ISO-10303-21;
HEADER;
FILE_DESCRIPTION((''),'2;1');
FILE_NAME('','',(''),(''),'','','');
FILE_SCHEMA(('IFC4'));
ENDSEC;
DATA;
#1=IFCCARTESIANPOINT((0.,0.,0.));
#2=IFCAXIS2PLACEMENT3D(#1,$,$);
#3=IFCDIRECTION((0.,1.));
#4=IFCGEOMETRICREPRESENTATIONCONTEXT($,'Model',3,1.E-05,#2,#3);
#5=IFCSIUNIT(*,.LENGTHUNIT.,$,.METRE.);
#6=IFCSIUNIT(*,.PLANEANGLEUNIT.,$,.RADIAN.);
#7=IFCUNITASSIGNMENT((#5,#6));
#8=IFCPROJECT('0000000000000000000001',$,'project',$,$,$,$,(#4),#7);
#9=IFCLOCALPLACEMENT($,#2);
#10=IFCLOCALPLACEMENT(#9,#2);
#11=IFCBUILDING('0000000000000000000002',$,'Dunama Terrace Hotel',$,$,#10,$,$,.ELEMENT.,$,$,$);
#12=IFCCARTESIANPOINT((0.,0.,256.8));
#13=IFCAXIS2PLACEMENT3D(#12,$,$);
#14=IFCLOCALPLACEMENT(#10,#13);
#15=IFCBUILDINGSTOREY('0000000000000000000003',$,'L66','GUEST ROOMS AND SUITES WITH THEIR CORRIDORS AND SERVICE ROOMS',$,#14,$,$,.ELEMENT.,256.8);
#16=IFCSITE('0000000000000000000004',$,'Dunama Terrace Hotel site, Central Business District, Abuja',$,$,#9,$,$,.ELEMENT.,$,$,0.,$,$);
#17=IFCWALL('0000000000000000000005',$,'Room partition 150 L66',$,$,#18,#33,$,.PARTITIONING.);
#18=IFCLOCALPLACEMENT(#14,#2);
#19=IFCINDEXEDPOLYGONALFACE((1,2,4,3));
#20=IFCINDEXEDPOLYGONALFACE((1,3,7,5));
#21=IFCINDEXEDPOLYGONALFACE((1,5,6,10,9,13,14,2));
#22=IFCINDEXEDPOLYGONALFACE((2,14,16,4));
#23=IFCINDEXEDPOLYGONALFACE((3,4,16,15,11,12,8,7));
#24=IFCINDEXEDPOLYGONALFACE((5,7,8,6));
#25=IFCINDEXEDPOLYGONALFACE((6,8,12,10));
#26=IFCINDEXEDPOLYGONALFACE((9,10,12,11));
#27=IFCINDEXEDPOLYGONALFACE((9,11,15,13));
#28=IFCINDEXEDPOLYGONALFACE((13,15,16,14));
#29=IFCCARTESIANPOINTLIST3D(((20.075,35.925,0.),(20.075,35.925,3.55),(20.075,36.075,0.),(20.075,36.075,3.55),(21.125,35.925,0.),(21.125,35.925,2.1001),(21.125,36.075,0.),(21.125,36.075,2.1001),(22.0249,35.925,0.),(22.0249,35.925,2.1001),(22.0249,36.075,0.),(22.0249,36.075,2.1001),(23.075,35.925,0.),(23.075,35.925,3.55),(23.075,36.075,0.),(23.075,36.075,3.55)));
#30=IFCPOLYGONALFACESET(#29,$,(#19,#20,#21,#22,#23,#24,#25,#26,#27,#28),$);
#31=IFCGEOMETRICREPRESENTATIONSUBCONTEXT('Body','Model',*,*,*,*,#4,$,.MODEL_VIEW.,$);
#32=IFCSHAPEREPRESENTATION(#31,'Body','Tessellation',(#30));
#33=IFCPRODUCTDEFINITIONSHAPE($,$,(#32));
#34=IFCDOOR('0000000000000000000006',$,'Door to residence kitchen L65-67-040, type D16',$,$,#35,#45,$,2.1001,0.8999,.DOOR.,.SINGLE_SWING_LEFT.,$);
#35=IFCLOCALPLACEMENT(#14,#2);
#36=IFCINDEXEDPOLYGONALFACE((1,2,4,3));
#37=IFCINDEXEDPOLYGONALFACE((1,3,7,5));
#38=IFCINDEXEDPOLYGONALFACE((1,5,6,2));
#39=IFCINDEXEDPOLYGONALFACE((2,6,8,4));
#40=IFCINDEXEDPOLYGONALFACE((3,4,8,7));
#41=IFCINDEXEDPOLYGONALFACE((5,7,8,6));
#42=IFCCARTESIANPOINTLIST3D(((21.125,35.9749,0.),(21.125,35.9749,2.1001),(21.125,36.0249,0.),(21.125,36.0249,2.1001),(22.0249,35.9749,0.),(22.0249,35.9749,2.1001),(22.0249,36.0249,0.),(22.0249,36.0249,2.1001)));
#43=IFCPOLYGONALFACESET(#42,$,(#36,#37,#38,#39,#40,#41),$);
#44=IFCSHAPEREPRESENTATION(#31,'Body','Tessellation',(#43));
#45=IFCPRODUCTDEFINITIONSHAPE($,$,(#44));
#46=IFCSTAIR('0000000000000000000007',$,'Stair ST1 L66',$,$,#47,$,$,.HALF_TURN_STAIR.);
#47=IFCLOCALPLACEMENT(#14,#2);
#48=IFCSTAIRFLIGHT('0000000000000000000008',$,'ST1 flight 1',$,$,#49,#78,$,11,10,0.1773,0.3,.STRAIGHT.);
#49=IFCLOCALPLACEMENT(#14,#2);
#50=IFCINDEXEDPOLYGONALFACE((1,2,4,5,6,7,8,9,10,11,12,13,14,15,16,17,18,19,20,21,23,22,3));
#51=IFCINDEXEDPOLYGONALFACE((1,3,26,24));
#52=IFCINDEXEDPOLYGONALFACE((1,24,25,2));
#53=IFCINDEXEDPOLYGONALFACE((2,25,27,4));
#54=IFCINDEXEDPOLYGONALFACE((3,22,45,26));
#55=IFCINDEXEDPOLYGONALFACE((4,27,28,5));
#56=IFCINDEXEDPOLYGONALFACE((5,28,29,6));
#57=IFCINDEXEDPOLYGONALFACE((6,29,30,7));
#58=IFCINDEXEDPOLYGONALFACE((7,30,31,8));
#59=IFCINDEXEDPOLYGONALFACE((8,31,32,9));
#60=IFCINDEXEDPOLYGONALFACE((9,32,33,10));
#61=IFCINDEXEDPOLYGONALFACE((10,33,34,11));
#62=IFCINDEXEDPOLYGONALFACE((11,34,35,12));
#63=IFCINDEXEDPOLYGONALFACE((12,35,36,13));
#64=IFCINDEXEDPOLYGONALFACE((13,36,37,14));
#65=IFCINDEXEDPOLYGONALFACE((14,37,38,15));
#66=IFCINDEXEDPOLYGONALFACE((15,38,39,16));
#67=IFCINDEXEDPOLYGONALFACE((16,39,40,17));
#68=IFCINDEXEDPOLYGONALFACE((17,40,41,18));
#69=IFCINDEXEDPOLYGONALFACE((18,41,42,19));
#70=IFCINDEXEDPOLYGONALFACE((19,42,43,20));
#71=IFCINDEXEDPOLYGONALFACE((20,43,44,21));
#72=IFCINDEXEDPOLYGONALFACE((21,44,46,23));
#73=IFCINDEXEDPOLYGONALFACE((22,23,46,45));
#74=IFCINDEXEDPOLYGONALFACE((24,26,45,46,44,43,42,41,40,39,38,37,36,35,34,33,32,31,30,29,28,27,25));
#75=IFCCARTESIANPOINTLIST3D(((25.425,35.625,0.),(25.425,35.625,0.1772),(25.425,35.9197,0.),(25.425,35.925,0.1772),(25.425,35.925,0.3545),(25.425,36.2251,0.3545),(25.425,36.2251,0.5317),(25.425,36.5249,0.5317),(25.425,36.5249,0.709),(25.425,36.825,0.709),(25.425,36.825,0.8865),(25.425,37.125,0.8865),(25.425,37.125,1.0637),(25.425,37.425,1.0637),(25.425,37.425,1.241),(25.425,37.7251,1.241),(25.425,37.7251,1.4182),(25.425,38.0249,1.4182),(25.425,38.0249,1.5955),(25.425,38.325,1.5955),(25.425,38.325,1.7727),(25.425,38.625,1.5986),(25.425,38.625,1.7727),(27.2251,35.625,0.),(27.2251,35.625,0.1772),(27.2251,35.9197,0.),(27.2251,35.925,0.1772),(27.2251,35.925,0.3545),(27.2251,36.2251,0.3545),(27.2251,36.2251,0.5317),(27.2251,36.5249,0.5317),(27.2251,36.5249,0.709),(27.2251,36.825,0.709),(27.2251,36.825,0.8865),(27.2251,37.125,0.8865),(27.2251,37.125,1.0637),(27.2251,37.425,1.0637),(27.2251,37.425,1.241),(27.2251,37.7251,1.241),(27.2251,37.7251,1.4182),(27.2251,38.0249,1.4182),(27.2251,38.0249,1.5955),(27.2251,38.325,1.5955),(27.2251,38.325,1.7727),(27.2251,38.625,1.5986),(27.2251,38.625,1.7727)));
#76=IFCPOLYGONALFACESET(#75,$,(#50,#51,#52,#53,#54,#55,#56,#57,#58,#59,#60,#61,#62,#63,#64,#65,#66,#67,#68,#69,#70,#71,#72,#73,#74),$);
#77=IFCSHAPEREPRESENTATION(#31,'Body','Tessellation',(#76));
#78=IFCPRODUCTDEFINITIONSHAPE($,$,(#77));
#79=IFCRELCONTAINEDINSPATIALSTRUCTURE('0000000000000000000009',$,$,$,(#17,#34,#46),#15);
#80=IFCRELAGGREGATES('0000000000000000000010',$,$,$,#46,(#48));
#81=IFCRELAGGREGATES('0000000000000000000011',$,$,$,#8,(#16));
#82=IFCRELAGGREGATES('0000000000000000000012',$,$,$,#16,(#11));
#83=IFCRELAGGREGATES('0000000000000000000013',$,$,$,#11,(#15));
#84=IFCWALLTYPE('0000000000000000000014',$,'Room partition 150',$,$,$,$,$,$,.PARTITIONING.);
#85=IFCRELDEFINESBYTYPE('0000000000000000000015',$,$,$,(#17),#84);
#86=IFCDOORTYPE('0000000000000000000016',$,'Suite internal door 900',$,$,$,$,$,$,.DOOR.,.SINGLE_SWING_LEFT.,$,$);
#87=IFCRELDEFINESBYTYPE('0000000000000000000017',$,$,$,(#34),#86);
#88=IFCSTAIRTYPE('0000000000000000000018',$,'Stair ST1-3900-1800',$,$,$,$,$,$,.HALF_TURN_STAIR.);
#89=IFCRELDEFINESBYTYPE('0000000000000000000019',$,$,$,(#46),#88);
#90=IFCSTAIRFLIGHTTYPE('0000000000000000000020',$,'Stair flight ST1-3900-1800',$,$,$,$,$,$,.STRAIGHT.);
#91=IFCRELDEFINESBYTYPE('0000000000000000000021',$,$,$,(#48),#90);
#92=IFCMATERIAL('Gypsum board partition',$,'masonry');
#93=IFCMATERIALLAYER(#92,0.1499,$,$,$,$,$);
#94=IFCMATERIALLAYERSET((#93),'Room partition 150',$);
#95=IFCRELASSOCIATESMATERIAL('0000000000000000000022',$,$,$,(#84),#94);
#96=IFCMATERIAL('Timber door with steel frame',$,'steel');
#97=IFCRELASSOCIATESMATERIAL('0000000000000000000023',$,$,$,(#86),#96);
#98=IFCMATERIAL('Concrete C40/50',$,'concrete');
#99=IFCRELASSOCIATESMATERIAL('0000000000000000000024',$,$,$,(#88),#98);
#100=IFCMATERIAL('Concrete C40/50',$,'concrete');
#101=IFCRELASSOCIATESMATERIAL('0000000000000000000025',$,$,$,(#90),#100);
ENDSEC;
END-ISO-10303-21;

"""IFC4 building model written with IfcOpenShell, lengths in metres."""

from ifc_helpers import new_model, si_unit, direction, frame, frame_2d, origin, place, context, subcontext, project, spatial, polyline, rectangle, outline, extrude, material, layer, layer_set, type_object, element, fill, aggregate, save


model = new_model("IFC4")

# Units and contexts
model_context = context("Model", 3, precision=1e-05, world=origin(), true_north=direction((0.0, 1.0)))
body_context = subcontext(model_context, "Body", "Model", "MODEL_VIEW")
ifc_project = project(units=[si_unit("LENGTHUNIT", "METRE"), si_unit("PLANEANGLEUNIT", "RADIAN")], contexts=[model_context])

# Site, building, storey
site_placement = place(None, origin())
site = spatial("IfcSite", under=ifc_project, at=site_placement, Name="Dunama Terrace Hotel site, Central Business District, Abuja", CompositionType="ELEMENT", RefElevation=0.0)
building_placement = place(site_placement, origin())
building = spatial("IfcBuilding", under=site, at=building_placement, Name="Dunama Terrace Hotel", CompositionType="ELEMENT")
storey_placement = place(building_placement, frame((0.0, 0.0, 256.8)))
storey = spatial("IfcBuildingStorey", under=building, at=storey_placement, Name="L66", Description="GUEST ROOMS AND SUITES WITH THEIR CORRIDORS AND SERVICE ROOMS", CompositionType="ELEMENT", Elevation=256.8)

# Shared definitions
ifc_material_1 = material(Name="Gypsum board partition", Category="masonry")
ifc_layer_1 = layer(ifc_material_1, 0.1499)
ifc_layer_set_1 = layer_set([ifc_layer_1], Name="Room partition 150")
wall_type_1 = type_object("IfcWallType", Name="Room partition 150", PredefinedType="PARTITIONING", material=ifc_layer_set_1)

# Wall, opening, door
ifc_material_2 = material(Name="Timber door with steel frame", Category="steel")
door_type_1 = type_object("IfcDoorType", Name="Suite internal door 900", OperationType="SINGLE_SWING_LEFT", PredefinedType="DOOR", material=ifc_material_2)
wall_1_placement = place(storey_placement, frame((20.075, 36.0, 0.0), z_axis=(0.0, 0.0, 1.0), x_axis=(1.0, 0.0, 0.0)))
wall_1 = element("IfcWall", 1, at=wall_1_placement, inside=storey, type_object=wall_type_1, Name="Room partition 150 L66", PredefinedType="PARTITIONING", context=body_context, shape_type="SweptSolid", body=[
    extrude(rectangle(XDim=3.0, YDim=0.1499, at=frame_2d((1.5, 0.0))), origin(), (0.0, 0.0, 1.0), 3.55),
])
opening_1_placement = place(wall_1_placement, frame((1.05, 0.0, 0.0)))
opening_1 = element("IfcOpeningElement", 2, at=opening_1_placement, cuts=wall_1, PredefinedType="OPENING", context=body_context, shape_type="SweptSolid", body=[
    extrude(rectangle(XDim=0.8999, YDim=2.1001, at=frame_2d((0.45, 1.05))), frame((0.0, 0.085, 0.0), z_axis=(0.0, -1.0, 0.0), x_axis=(1.0, 0.0, 0.0)), (0.0, 0.0, 1.0), 0.1699),
])
door_1_placement = place(opening_1_placement, frame((0.8999, 0.0, 0.0), z_axis=(0.0, 0.0, 1.0), x_axis=(-1.0, 0.0, 0.0)))
door_1 = element("IfcDoor", 3, at=door_1_placement, inside=storey, type_object=door_type_1, Name="Door to residence kitchen L65-67-040, type D16", OperationType="SINGLE_SWING_LEFT", OverallHeight=2.1001, OverallWidth=0.8999, PredefinedType="DOOR", context=body_context, shape_type="SweptSolid", body=[
    extrude(rectangle(XDim=0.8999, YDim=2.1001, at=frame_2d((0.45, 1.05))), frame((0.0, 0.0251, 0.0), z_axis=(0.0, -1.0, 0.0), x_axis=(1.0, 0.0, 0.0)), (0.0, 0.0, 1.0), 0.05),
])
fill(opening_1, door_1)

# Stair, stair flight
ifc_material_3 = material(Name="Concrete C40/50", Category="concrete")
stair_type = type_object("IfcStairType", Name="Stair ST1-3900-1800", PredefinedType="HALF_TURN_STAIR", material=ifc_material_3)
stair_placement = place(storey_placement, origin())
stair = element("IfcStair", 4, at=stair_placement, inside=storey, type_object=stair_type, Name="Stair ST1 L66", PredefinedType="HALF_TURN_STAIR")
ifc_material_4 = material(Name="Concrete C40/50", Category="concrete")
stair_flight_type = type_object("IfcStairFlightType", Name="Stair flight ST1-3900-1800", PredefinedType="STRAIGHT", material=ifc_material_4)
stair_flight_placement = place(storey_placement, frame((26.325, 35.625, 0.0), z_axis=(0.0, 0.0, 1.0), x_axis=(0.0, 1.0, 0.0)))
stair_flight = element("IfcStairFlight", 5, at=stair_flight_placement, type_object=stair_flight_type, Name="ST1 flight 1", NumberOfRisers=11, NumberOfTreads=10, PredefinedType="STRAIGHT", RiserHeight=0.1773, TreadLength=0.3, context=body_context, shape_type="SweptSolid", body=[
    extrude(outline(polyline([(0.0, 0.0), (0.0, 0.1772), (0.3, 0.1772), (0.3, 0.3545), (0.6001, 0.3545), (0.6001, 0.5317), (0.8999, 0.5317), (0.8999, 0.709), (1.2, 0.709), (1.2, 0.8865), (1.5, 0.8865), (1.5, 1.0637), (1.8, 1.0637), (1.8, 1.241), (2.1001, 1.241), (2.1001, 1.4182), (2.3999, 1.4182), (2.3999, 1.5955), (2.7, 1.5955), (2.7, 1.7727), (3.0, 1.7727), (3.0, 1.95), (3.0, 1.5986), (0.2947, 0.0), (0.0, 0.0)])), frame((0.0, 0.8999, 0.0), z_axis=(0.0, -1.0, 0.0), x_axis=(1.0, 0.0, 0.0)), (0.0, 0.0, 1.0), 1.8),
])
aggregate(stair, [stair_flight])

save(model, "model.ifc")
